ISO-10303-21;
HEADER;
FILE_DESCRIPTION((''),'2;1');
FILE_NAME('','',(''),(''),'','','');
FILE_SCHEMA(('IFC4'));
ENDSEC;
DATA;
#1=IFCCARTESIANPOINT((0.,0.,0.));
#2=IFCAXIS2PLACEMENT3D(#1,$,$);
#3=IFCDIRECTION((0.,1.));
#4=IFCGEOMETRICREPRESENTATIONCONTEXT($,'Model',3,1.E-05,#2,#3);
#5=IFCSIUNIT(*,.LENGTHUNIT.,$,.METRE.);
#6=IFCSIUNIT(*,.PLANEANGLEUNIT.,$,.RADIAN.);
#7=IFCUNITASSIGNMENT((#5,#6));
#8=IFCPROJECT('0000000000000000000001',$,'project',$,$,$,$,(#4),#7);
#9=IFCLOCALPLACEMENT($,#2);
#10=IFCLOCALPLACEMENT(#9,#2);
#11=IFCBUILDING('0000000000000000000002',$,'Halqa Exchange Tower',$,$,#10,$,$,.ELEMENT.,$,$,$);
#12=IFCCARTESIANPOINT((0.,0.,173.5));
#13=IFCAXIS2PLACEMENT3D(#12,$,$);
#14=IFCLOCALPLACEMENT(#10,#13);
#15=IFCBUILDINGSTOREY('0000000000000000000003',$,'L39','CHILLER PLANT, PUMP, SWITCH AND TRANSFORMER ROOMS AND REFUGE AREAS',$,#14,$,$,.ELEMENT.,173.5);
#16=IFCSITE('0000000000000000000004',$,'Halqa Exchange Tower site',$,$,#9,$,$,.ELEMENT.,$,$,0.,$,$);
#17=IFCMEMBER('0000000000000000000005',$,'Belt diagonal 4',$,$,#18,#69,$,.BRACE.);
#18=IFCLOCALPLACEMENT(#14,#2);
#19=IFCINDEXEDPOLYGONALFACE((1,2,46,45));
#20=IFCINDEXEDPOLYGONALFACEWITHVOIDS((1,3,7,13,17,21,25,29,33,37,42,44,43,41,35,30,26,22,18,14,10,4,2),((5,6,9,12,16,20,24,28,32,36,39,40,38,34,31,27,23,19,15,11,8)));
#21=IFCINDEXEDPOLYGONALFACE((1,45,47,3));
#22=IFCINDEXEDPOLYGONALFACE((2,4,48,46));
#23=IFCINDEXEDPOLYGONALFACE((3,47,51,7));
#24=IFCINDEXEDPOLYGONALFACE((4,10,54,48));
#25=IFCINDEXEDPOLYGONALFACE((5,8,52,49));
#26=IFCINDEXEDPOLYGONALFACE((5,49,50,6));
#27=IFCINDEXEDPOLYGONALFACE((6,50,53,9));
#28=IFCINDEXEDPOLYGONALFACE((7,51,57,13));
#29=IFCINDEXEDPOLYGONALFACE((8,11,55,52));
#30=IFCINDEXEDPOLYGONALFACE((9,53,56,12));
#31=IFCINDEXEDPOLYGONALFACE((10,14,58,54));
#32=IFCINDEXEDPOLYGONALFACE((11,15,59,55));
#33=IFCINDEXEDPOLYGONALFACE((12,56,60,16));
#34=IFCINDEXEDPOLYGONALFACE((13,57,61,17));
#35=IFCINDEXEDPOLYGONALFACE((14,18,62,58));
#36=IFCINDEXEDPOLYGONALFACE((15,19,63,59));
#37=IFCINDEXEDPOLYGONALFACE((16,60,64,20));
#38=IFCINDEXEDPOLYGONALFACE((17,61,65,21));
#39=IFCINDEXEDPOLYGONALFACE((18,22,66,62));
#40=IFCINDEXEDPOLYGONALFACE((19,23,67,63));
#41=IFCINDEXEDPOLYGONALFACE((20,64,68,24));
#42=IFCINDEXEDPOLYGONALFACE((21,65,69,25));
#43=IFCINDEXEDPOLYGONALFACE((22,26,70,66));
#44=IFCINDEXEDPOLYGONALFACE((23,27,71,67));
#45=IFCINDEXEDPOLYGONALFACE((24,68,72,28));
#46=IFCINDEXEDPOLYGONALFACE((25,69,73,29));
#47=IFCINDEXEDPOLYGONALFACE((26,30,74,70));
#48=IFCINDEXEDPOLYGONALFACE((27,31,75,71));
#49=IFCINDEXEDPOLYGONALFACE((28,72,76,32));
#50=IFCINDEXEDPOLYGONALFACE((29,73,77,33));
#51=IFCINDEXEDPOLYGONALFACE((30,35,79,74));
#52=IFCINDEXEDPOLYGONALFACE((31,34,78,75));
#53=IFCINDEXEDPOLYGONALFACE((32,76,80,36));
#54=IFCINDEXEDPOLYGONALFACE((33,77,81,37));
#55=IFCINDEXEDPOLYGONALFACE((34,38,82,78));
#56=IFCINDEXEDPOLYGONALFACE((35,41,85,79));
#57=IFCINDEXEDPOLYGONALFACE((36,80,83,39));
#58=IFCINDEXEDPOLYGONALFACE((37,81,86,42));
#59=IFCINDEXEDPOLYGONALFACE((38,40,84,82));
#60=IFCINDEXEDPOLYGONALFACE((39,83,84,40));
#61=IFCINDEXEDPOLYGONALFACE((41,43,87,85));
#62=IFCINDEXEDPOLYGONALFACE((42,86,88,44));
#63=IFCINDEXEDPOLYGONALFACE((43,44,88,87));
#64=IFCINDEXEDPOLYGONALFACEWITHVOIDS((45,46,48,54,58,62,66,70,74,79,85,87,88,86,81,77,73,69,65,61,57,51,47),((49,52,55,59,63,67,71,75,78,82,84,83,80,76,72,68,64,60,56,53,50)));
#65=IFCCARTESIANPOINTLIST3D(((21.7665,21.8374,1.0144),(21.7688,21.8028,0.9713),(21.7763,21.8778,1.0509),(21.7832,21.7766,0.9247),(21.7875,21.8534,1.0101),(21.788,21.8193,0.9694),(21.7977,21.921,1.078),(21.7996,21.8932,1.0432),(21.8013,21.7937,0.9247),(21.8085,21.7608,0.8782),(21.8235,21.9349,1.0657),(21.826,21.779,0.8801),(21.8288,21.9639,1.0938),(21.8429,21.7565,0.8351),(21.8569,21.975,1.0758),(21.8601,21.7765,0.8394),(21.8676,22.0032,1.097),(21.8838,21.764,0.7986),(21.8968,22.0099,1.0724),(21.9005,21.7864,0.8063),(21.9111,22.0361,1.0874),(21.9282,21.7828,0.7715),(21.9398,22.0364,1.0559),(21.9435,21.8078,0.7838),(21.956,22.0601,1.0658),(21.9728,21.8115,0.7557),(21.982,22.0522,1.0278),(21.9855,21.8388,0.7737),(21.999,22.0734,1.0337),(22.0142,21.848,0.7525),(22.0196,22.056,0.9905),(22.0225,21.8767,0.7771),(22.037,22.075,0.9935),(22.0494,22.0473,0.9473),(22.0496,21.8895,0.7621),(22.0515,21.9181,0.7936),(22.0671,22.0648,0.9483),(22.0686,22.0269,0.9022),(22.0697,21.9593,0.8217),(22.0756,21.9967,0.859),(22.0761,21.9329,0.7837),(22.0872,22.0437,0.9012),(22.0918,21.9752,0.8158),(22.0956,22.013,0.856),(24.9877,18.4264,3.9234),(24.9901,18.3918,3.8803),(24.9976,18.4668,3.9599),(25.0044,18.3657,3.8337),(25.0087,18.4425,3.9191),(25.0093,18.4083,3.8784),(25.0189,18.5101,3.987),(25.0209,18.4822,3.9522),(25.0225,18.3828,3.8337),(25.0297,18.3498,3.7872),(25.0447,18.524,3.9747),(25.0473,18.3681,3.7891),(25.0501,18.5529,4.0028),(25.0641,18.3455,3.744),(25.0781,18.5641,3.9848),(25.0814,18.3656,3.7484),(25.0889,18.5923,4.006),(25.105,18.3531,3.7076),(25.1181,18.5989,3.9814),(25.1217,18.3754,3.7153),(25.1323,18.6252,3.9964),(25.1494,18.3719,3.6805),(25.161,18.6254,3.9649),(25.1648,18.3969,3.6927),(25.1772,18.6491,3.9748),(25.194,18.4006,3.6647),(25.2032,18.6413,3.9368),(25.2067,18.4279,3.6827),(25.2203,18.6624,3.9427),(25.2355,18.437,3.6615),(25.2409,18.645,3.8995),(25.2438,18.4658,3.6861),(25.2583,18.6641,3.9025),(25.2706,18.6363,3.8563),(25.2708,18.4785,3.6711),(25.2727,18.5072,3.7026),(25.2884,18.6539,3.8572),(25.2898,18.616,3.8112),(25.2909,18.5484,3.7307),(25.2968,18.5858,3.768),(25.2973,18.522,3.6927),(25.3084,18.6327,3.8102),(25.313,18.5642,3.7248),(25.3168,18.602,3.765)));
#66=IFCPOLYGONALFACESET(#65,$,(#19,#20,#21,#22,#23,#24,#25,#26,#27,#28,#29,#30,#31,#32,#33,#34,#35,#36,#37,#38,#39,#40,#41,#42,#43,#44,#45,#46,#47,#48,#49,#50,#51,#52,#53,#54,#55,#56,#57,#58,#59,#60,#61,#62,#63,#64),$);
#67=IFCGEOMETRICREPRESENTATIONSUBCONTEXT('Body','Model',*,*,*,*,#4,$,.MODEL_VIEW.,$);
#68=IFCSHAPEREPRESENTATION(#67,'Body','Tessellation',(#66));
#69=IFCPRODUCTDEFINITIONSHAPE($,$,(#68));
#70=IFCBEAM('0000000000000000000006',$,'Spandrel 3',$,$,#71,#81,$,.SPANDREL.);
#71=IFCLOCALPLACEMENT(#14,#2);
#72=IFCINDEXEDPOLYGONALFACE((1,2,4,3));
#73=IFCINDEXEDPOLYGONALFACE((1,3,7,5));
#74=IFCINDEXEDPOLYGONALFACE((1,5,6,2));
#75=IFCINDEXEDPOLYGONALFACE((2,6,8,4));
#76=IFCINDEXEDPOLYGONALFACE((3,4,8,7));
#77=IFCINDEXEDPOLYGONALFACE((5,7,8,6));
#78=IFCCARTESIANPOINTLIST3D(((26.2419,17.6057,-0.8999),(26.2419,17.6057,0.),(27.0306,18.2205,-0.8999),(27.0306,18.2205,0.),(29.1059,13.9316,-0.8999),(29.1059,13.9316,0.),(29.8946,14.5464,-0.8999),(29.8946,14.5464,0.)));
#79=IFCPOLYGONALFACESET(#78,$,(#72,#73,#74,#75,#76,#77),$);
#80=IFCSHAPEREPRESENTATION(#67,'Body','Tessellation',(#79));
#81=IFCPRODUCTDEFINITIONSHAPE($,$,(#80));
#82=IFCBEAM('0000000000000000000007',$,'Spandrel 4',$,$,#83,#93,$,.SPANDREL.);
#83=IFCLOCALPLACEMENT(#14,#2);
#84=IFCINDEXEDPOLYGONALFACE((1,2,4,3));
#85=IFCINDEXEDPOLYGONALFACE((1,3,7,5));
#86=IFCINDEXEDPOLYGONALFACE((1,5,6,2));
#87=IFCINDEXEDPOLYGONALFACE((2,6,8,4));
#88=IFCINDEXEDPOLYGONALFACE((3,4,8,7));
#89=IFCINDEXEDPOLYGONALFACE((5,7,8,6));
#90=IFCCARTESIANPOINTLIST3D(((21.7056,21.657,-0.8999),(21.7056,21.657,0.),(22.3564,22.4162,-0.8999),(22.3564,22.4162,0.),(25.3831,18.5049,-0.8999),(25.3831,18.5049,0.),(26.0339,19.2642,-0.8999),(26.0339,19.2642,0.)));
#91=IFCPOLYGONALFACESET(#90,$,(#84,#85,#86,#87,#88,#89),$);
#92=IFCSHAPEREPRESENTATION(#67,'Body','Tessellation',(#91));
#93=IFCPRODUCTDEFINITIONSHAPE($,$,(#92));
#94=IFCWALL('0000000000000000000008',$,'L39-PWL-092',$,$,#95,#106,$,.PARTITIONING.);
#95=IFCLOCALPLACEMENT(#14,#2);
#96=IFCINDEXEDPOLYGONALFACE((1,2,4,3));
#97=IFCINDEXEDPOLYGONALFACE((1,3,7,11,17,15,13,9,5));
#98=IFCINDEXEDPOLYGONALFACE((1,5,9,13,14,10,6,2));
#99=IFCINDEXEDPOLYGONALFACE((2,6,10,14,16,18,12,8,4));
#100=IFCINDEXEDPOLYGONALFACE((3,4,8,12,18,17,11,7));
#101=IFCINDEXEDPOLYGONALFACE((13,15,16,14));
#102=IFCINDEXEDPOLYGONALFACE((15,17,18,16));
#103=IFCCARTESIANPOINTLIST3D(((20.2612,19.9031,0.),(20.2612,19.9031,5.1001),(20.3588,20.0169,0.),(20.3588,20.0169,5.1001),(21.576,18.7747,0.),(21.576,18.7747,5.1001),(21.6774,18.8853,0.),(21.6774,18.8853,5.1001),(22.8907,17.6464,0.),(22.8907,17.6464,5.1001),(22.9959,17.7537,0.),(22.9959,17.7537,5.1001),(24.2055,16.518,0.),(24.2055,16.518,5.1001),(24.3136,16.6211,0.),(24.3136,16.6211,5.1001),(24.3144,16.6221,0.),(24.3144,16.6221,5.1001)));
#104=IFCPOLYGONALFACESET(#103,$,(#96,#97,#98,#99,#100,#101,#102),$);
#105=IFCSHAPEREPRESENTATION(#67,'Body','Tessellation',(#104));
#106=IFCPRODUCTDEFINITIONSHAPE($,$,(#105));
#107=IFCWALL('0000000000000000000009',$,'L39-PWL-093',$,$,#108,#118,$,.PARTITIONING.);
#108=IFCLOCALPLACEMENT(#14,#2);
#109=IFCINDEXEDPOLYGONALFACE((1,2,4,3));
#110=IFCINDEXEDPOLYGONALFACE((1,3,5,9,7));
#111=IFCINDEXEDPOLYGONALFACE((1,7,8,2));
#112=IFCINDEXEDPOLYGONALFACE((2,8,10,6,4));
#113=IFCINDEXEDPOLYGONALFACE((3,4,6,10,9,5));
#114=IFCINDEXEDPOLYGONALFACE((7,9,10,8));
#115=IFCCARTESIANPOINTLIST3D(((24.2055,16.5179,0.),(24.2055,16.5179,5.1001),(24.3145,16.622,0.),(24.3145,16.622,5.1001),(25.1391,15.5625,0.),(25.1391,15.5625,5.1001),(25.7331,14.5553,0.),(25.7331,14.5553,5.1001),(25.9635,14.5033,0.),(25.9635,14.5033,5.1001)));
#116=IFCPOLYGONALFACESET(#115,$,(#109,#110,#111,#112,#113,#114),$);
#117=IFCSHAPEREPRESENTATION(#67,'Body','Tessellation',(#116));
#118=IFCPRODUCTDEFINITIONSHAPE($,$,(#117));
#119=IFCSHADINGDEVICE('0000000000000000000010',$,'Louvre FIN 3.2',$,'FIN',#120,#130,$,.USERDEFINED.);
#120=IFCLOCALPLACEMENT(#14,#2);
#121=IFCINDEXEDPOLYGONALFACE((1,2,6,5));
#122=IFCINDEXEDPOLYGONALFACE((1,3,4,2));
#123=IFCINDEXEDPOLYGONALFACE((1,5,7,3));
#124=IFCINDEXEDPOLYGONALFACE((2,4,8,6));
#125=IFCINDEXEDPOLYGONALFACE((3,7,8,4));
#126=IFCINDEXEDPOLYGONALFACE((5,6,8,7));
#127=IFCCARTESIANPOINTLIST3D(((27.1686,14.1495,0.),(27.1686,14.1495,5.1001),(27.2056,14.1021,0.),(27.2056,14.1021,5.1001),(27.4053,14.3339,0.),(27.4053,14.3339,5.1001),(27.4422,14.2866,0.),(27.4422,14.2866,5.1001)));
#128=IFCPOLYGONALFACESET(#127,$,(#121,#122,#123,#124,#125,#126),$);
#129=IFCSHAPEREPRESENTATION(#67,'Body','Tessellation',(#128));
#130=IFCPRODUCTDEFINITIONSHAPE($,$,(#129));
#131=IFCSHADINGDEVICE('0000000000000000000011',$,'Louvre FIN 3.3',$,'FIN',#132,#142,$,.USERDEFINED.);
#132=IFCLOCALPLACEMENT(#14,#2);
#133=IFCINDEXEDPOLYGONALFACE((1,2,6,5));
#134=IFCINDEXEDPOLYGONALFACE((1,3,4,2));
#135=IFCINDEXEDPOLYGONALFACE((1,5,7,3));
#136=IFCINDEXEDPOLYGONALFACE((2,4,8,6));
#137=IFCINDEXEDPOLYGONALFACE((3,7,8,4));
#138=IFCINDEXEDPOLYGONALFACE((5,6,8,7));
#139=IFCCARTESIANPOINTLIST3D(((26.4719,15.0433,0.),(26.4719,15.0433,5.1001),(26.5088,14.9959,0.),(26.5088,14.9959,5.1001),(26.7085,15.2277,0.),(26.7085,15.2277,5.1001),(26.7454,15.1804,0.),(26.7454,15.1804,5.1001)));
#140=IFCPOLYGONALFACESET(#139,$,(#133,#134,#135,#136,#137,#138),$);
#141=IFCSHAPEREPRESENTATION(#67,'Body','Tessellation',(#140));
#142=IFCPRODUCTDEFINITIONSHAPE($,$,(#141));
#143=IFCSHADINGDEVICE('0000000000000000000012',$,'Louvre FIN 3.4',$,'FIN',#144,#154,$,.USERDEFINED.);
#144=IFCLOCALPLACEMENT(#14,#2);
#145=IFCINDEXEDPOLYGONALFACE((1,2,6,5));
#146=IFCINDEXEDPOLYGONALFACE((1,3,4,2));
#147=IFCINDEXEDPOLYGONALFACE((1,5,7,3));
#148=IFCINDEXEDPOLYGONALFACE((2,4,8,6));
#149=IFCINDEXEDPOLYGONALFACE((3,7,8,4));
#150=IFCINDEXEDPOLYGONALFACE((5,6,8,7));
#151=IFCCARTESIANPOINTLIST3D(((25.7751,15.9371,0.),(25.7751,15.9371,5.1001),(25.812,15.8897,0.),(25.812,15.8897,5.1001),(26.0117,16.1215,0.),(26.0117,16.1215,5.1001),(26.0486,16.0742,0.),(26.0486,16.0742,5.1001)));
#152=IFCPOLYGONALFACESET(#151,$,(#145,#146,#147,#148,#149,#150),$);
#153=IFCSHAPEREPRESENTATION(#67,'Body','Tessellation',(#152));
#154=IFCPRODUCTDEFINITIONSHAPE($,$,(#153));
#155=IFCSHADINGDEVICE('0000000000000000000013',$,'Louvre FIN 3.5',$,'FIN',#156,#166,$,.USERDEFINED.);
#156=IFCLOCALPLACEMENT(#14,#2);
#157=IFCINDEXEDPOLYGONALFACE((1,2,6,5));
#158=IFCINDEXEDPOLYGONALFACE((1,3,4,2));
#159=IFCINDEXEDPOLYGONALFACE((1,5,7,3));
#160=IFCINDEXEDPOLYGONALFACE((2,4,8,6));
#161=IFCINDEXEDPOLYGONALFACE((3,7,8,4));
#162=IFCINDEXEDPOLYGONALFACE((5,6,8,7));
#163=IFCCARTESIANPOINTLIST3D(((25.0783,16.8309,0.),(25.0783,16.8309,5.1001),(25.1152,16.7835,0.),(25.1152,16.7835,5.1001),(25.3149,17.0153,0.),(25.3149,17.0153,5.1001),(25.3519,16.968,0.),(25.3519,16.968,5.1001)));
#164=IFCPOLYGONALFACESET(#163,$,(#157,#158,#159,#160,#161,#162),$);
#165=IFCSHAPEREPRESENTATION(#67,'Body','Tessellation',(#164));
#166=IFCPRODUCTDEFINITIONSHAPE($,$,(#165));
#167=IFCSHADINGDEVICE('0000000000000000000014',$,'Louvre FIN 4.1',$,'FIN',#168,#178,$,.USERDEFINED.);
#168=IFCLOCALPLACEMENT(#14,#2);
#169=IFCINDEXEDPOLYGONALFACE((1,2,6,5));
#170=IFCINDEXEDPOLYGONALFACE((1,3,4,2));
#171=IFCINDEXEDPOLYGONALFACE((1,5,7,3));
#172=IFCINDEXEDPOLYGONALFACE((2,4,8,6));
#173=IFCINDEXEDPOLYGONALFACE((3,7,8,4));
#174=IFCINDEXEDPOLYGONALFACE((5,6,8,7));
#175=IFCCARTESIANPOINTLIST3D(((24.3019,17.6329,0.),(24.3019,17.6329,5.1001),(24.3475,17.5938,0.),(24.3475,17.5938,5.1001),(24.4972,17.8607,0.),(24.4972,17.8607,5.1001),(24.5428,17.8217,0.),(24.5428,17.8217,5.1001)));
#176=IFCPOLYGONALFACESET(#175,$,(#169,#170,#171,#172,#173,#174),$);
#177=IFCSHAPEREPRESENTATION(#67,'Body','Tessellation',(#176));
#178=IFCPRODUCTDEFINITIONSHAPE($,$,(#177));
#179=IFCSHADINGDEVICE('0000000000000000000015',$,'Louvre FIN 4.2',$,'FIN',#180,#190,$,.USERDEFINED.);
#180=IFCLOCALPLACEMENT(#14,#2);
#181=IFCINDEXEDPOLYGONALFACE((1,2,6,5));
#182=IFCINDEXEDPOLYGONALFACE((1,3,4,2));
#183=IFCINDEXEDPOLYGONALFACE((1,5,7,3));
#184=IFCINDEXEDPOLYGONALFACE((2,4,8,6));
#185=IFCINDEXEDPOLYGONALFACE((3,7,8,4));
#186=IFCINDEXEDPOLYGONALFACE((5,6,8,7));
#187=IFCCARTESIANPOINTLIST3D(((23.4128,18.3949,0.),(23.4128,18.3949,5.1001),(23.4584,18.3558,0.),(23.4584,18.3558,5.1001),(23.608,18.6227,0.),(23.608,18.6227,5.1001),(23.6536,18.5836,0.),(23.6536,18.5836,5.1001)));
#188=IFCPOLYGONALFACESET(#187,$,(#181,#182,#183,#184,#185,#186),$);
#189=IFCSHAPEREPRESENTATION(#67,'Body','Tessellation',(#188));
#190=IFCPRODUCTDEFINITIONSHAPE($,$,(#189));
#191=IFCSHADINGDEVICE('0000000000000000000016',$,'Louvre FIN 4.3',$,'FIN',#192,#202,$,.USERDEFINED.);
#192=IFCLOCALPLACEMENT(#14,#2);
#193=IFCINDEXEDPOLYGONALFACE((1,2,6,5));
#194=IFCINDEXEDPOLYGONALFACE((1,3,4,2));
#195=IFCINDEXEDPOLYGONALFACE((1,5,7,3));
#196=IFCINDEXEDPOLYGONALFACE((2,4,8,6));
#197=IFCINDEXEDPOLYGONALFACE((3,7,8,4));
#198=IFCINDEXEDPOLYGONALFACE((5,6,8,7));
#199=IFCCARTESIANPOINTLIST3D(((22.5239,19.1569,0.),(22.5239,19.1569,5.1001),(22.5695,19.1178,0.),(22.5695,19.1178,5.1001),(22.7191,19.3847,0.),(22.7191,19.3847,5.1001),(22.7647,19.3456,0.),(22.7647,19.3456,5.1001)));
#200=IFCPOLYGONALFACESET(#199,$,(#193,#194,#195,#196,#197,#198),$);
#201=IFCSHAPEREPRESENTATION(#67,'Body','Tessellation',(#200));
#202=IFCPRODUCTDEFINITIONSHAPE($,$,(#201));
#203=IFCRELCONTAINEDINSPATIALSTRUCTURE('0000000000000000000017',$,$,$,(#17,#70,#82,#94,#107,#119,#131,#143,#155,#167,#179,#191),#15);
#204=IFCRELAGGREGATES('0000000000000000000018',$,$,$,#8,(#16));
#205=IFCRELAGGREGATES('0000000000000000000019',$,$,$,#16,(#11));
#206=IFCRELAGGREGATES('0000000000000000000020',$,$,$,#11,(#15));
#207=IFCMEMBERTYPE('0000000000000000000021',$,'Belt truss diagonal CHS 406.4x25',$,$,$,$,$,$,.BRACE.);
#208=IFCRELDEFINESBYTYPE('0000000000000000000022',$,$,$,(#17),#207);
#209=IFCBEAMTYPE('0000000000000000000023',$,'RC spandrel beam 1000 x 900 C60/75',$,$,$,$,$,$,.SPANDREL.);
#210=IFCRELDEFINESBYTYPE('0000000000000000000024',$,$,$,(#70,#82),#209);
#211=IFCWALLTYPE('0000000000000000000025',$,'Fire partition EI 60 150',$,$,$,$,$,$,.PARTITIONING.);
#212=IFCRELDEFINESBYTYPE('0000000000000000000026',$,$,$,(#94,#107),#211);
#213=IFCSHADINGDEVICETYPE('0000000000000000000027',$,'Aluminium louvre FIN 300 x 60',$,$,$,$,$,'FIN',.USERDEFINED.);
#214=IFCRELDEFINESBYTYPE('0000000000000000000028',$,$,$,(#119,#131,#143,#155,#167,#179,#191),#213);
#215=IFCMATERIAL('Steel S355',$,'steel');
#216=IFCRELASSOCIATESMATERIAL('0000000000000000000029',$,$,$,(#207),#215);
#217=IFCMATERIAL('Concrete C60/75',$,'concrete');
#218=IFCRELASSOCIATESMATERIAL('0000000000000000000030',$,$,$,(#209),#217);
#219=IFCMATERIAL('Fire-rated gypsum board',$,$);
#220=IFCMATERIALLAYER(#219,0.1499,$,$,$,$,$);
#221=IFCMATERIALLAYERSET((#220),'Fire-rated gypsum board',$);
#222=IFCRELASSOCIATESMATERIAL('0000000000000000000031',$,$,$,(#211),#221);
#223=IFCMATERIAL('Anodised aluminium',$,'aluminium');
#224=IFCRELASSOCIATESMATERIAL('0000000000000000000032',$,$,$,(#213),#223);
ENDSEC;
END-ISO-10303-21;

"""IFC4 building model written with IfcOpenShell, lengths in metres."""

from ifc_helpers import new_model, si_unit, direction, frame, origin, origin_2d, place, context, subcontext, project, spatial, polyline, rectangle, hollow_circle, outline, extrude, material, layer, layer_set, material_profile, profile_set, type_object, element, save


model = new_model("IFC4")

# Units and contexts
model_context = context("Model", 3, precision=1e-05, world=origin(), true_north=direction((0.0, 1.0)))
body_context = subcontext(model_context, "Body", "Model", "MODEL_VIEW")
ifc_project = project(units=[si_unit("LENGTHUNIT", "METRE"), si_unit("PLANEANGLEUNIT", "RADIAN")], contexts=[model_context])

# Site, building, storey
site_placement = place(None, origin())
site = spatial("IfcSite", under=ifc_project, at=site_placement, Name="Halqa Exchange Tower site", CompositionType="ELEMENT", RefElevation=0.0)
building_placement = place(site_placement, origin())
building = spatial("IfcBuilding", under=site, at=building_placement, Name="Halqa Exchange Tower", CompositionType="ELEMENT")
storey_placement = place(building_placement, frame((0.0, 0.0, 173.5)))
storey = spatial("IfcBuildingStorey", under=building, at=storey_placement, Name="L39", Description="CHILLER PLANT, PUMP, SWITCH AND TRANSFORMER ROOMS AND REFUGE AREAS", CompositionType="ELEMENT", Elevation=173.5)

# Member
ifc_material_1 = material(Name="Steel S355", Category="steel")
ifc_material_profile_1 = material_profile(ifc_material_1, hollow_circle(Radius=0.2031, WallThickness=0.0249, at=origin_2d()), Name="CHS 406.4x25")
ifc_profile_set_1 = profile_set([ifc_material_profile_1], Name="Steel S355")
member_type_1 = type_object("IfcMemberType", Name="Belt truss diagonal CHS 406.4x25", PredefinedType="BRACE", material=ifc_profile_set_1)
member_1_placement = place(storey_placement, frame((25.1521, 18.5051, 3.8337), z_axis=(-0.583532, 0.617897, -0.526966), x_axis=(-0.727035, -0.686601, 0.0)))
element("IfcMember", 1, at=member_1_placement, inside=storey, type_object=member_type_1, Name="Belt diagonal 4", PredefinedType="BRACE", context=body_context, shape_type="SweptSolid", body=[
    extrude(hollow_circle(Radius=0.2031, WallThickness=0.0249, at=origin_2d()), origin(), (0.0, 0.0, 1.0), 5.5203),
])

# Beams
ifc_material_2 = material(Name="Concrete C60/75", Category="concrete")
ifc_material_profile_2 = material_profile(ifc_material_2, rectangle(XDim=1.0, YDim=0.8999, at=origin_2d()), Name="1000 x 900")
ifc_profile_set_2 = profile_set([ifc_material_profile_2], Name="Concrete C60/75")
beam_type = type_object("IfcBeamType", Name="RC spandrel beam 1000 x 900 C60/75", PredefinedType="SPANDREL", material=ifc_profile_set_2)
beam_1_placement = place(storey_placement, frame((29.5002, 14.239, -0.45), z_axis=(-0.614797, 0.788686, 0.0), x_axis=(-0.788686, -0.614797, 0.0)))
element("IfcBeam", 2, at=beam_1_placement, inside=storey, type_object=beam_type, Name="Spandrel 3", PredefinedType="SPANDREL", context=body_context, shape_type="SweptSolid", body=[
    extrude(rectangle(XDim=1.0, YDim=0.8999, at=origin_2d()), origin(), (0.0, 0.0, 1.0), 4.6584),
])
beam_2_placement = place(storey_placement, frame((25.7085, 18.8845, -0.45), z_axis=(-0.75926, 0.650787, 0.0), x_axis=(-0.650787, -0.75926, 0.0)))
element("IfcBeam", 3, at=beam_2_placement, inside=storey, type_object=beam_type, Name="Spandrel 4", PredefinedType="SPANDREL", context=body_context, shape_type="SweptSolid", body=[
    extrude(rectangle(XDim=1.0, YDim=0.8999, at=origin_2d()), origin(), (0.0, 0.0, 1.0), 4.8435),
])

# Walls
ifc_material_3 = material(Name="Fire-rated gypsum board")
ifc_layer_1 = layer(ifc_material_3, 0.1499)
ifc_layer_set_1 = layer_set([ifc_layer_1], Name="Fire-rated gypsum board")
wall_type = type_object("IfcWallType", Name="Fire partition EI 60 150", PredefinedType="PARTITIONING", material=ifc_layer_set_1)
wall_1_placement = place(storey_placement, frame((24.2656, 16.5652, 0.0), z_axis=(0.0, 0.0, 1.0), x_axis=(-0.75885, 0.651266, 0.0)))
element("IfcWall", 4, at=wall_1_placement, inside=storey, type_object=wall_type, Name="L39-PWL-092", PredefinedType="PARTITIONING", context=body_context, shape_type="SweptSolid", body=[
    extrude(outline(polyline([(5.2126, 0.075), (3.48, 0.075), (1.7476, 0.075), (0.0149, 0.075), (0.0, -0.0737), (0.0, -0.075), (1.7375, -0.075), (3.4751, -0.075), (5.2126, -0.075), (5.2126, 0.075)])), origin(), (0.0, 0.0, 1.0), 5.1001),
])
wall_2_placement = place(storey_placement, frame((24.2554, 16.5759, 0.0), z_axis=(0.0, 0.0, 1.0), x_axis=(0.614205, -0.789147, 0.0)))
element("IfcWall", 5, at=wall_2_placement, inside=storey, type_object=wall_type, Name="L39-PWL-093", PredefinedType="PARTITIONING", context=body_context, shape_type="SweptSolid", body=[
    extrude(outline(polyline([(0.0151, -0.075), (2.5022, -0.075), (2.6848, 0.075), (1.3425, 0.075), (0.0, 0.075), (0.0, 0.075), (0.0151, -0.075)])), origin(), (0.0, 0.0, 1.0), 5.1001),
])

# Shading devices
ifc_material_4 = material(Name="Anodised aluminium", Category="aluminium")
ifc_material_profile_3 = material_profile(ifc_material_4, rectangle(XDim=0.3, YDim=0.0601, at=origin_2d()), Name="AL FIN 300x60")
ifc_profile_set_3 = profile_set([ifc_material_profile_3], Name="Anodised aluminium")
shading_device_type = type_object("IfcShadingDeviceType", Name="Aluminium louvre FIN 300 x 60", ElementType="FIN", PredefinedType="USERDEFINED", material=ifc_profile_set_3)
for number, where, z_axis, x_axis, name in (
    (6, (27.3054, 14.218, 0.0), (0.0, 0.0, 1.0), (-0.788686, -0.614796, 0.0), "Louvre FIN 3.2"),
    (7, (26.6086, 15.1118, 0.0), (0.0, 0.0, 1.0), (-0.788686, -0.614796, 0.0), "Louvre FIN 3.3"),
    (8, (25.9119, 16.0056, 0.0), (0.0, 0.0, 1.0), (-0.788686, -0.614796, 0.0), "Louvre FIN 3.4"),
    (9, (25.2151, 16.8994, 0.0), (0.0, 0.0, 1.0), (-0.788686, -0.614796, 0.0), "Louvre FIN 3.5"),
    (10, (24.4224, 17.7273, 0.0), (0.0, 0.0, 1.0), (-0.650785, -0.759262, 0.0), "Louvre FIN 4.1"),
    (11, (23.5332, 18.4893, 0.0), (0.0, 0.0, 1.0), (-0.650785, -0.759262, 0.0), "Louvre FIN 4.2"),
    (12, (22.6443, 19.2512, 0.0), (0.0, 0.0, 1.0), (-0.650785, -0.759262, 0.0), "Louvre FIN 4.3"),
):
    element("IfcShadingDevice", number, at=place(storey_placement, frame(where, z_axis=z_axis, x_axis=x_axis)), inside=storey, type_object=shading_device_type, Name=name, ObjectType="FIN", PredefinedType="USERDEFINED", context=body_context, shape_type="SweptSolid", body=[
        extrude(rectangle(XDim=0.3, YDim=0.0601, at=origin_2d()), origin(), (0.0, 0.0, 1.0), 5.1001),
    ])

save(model, "model.ifc")
